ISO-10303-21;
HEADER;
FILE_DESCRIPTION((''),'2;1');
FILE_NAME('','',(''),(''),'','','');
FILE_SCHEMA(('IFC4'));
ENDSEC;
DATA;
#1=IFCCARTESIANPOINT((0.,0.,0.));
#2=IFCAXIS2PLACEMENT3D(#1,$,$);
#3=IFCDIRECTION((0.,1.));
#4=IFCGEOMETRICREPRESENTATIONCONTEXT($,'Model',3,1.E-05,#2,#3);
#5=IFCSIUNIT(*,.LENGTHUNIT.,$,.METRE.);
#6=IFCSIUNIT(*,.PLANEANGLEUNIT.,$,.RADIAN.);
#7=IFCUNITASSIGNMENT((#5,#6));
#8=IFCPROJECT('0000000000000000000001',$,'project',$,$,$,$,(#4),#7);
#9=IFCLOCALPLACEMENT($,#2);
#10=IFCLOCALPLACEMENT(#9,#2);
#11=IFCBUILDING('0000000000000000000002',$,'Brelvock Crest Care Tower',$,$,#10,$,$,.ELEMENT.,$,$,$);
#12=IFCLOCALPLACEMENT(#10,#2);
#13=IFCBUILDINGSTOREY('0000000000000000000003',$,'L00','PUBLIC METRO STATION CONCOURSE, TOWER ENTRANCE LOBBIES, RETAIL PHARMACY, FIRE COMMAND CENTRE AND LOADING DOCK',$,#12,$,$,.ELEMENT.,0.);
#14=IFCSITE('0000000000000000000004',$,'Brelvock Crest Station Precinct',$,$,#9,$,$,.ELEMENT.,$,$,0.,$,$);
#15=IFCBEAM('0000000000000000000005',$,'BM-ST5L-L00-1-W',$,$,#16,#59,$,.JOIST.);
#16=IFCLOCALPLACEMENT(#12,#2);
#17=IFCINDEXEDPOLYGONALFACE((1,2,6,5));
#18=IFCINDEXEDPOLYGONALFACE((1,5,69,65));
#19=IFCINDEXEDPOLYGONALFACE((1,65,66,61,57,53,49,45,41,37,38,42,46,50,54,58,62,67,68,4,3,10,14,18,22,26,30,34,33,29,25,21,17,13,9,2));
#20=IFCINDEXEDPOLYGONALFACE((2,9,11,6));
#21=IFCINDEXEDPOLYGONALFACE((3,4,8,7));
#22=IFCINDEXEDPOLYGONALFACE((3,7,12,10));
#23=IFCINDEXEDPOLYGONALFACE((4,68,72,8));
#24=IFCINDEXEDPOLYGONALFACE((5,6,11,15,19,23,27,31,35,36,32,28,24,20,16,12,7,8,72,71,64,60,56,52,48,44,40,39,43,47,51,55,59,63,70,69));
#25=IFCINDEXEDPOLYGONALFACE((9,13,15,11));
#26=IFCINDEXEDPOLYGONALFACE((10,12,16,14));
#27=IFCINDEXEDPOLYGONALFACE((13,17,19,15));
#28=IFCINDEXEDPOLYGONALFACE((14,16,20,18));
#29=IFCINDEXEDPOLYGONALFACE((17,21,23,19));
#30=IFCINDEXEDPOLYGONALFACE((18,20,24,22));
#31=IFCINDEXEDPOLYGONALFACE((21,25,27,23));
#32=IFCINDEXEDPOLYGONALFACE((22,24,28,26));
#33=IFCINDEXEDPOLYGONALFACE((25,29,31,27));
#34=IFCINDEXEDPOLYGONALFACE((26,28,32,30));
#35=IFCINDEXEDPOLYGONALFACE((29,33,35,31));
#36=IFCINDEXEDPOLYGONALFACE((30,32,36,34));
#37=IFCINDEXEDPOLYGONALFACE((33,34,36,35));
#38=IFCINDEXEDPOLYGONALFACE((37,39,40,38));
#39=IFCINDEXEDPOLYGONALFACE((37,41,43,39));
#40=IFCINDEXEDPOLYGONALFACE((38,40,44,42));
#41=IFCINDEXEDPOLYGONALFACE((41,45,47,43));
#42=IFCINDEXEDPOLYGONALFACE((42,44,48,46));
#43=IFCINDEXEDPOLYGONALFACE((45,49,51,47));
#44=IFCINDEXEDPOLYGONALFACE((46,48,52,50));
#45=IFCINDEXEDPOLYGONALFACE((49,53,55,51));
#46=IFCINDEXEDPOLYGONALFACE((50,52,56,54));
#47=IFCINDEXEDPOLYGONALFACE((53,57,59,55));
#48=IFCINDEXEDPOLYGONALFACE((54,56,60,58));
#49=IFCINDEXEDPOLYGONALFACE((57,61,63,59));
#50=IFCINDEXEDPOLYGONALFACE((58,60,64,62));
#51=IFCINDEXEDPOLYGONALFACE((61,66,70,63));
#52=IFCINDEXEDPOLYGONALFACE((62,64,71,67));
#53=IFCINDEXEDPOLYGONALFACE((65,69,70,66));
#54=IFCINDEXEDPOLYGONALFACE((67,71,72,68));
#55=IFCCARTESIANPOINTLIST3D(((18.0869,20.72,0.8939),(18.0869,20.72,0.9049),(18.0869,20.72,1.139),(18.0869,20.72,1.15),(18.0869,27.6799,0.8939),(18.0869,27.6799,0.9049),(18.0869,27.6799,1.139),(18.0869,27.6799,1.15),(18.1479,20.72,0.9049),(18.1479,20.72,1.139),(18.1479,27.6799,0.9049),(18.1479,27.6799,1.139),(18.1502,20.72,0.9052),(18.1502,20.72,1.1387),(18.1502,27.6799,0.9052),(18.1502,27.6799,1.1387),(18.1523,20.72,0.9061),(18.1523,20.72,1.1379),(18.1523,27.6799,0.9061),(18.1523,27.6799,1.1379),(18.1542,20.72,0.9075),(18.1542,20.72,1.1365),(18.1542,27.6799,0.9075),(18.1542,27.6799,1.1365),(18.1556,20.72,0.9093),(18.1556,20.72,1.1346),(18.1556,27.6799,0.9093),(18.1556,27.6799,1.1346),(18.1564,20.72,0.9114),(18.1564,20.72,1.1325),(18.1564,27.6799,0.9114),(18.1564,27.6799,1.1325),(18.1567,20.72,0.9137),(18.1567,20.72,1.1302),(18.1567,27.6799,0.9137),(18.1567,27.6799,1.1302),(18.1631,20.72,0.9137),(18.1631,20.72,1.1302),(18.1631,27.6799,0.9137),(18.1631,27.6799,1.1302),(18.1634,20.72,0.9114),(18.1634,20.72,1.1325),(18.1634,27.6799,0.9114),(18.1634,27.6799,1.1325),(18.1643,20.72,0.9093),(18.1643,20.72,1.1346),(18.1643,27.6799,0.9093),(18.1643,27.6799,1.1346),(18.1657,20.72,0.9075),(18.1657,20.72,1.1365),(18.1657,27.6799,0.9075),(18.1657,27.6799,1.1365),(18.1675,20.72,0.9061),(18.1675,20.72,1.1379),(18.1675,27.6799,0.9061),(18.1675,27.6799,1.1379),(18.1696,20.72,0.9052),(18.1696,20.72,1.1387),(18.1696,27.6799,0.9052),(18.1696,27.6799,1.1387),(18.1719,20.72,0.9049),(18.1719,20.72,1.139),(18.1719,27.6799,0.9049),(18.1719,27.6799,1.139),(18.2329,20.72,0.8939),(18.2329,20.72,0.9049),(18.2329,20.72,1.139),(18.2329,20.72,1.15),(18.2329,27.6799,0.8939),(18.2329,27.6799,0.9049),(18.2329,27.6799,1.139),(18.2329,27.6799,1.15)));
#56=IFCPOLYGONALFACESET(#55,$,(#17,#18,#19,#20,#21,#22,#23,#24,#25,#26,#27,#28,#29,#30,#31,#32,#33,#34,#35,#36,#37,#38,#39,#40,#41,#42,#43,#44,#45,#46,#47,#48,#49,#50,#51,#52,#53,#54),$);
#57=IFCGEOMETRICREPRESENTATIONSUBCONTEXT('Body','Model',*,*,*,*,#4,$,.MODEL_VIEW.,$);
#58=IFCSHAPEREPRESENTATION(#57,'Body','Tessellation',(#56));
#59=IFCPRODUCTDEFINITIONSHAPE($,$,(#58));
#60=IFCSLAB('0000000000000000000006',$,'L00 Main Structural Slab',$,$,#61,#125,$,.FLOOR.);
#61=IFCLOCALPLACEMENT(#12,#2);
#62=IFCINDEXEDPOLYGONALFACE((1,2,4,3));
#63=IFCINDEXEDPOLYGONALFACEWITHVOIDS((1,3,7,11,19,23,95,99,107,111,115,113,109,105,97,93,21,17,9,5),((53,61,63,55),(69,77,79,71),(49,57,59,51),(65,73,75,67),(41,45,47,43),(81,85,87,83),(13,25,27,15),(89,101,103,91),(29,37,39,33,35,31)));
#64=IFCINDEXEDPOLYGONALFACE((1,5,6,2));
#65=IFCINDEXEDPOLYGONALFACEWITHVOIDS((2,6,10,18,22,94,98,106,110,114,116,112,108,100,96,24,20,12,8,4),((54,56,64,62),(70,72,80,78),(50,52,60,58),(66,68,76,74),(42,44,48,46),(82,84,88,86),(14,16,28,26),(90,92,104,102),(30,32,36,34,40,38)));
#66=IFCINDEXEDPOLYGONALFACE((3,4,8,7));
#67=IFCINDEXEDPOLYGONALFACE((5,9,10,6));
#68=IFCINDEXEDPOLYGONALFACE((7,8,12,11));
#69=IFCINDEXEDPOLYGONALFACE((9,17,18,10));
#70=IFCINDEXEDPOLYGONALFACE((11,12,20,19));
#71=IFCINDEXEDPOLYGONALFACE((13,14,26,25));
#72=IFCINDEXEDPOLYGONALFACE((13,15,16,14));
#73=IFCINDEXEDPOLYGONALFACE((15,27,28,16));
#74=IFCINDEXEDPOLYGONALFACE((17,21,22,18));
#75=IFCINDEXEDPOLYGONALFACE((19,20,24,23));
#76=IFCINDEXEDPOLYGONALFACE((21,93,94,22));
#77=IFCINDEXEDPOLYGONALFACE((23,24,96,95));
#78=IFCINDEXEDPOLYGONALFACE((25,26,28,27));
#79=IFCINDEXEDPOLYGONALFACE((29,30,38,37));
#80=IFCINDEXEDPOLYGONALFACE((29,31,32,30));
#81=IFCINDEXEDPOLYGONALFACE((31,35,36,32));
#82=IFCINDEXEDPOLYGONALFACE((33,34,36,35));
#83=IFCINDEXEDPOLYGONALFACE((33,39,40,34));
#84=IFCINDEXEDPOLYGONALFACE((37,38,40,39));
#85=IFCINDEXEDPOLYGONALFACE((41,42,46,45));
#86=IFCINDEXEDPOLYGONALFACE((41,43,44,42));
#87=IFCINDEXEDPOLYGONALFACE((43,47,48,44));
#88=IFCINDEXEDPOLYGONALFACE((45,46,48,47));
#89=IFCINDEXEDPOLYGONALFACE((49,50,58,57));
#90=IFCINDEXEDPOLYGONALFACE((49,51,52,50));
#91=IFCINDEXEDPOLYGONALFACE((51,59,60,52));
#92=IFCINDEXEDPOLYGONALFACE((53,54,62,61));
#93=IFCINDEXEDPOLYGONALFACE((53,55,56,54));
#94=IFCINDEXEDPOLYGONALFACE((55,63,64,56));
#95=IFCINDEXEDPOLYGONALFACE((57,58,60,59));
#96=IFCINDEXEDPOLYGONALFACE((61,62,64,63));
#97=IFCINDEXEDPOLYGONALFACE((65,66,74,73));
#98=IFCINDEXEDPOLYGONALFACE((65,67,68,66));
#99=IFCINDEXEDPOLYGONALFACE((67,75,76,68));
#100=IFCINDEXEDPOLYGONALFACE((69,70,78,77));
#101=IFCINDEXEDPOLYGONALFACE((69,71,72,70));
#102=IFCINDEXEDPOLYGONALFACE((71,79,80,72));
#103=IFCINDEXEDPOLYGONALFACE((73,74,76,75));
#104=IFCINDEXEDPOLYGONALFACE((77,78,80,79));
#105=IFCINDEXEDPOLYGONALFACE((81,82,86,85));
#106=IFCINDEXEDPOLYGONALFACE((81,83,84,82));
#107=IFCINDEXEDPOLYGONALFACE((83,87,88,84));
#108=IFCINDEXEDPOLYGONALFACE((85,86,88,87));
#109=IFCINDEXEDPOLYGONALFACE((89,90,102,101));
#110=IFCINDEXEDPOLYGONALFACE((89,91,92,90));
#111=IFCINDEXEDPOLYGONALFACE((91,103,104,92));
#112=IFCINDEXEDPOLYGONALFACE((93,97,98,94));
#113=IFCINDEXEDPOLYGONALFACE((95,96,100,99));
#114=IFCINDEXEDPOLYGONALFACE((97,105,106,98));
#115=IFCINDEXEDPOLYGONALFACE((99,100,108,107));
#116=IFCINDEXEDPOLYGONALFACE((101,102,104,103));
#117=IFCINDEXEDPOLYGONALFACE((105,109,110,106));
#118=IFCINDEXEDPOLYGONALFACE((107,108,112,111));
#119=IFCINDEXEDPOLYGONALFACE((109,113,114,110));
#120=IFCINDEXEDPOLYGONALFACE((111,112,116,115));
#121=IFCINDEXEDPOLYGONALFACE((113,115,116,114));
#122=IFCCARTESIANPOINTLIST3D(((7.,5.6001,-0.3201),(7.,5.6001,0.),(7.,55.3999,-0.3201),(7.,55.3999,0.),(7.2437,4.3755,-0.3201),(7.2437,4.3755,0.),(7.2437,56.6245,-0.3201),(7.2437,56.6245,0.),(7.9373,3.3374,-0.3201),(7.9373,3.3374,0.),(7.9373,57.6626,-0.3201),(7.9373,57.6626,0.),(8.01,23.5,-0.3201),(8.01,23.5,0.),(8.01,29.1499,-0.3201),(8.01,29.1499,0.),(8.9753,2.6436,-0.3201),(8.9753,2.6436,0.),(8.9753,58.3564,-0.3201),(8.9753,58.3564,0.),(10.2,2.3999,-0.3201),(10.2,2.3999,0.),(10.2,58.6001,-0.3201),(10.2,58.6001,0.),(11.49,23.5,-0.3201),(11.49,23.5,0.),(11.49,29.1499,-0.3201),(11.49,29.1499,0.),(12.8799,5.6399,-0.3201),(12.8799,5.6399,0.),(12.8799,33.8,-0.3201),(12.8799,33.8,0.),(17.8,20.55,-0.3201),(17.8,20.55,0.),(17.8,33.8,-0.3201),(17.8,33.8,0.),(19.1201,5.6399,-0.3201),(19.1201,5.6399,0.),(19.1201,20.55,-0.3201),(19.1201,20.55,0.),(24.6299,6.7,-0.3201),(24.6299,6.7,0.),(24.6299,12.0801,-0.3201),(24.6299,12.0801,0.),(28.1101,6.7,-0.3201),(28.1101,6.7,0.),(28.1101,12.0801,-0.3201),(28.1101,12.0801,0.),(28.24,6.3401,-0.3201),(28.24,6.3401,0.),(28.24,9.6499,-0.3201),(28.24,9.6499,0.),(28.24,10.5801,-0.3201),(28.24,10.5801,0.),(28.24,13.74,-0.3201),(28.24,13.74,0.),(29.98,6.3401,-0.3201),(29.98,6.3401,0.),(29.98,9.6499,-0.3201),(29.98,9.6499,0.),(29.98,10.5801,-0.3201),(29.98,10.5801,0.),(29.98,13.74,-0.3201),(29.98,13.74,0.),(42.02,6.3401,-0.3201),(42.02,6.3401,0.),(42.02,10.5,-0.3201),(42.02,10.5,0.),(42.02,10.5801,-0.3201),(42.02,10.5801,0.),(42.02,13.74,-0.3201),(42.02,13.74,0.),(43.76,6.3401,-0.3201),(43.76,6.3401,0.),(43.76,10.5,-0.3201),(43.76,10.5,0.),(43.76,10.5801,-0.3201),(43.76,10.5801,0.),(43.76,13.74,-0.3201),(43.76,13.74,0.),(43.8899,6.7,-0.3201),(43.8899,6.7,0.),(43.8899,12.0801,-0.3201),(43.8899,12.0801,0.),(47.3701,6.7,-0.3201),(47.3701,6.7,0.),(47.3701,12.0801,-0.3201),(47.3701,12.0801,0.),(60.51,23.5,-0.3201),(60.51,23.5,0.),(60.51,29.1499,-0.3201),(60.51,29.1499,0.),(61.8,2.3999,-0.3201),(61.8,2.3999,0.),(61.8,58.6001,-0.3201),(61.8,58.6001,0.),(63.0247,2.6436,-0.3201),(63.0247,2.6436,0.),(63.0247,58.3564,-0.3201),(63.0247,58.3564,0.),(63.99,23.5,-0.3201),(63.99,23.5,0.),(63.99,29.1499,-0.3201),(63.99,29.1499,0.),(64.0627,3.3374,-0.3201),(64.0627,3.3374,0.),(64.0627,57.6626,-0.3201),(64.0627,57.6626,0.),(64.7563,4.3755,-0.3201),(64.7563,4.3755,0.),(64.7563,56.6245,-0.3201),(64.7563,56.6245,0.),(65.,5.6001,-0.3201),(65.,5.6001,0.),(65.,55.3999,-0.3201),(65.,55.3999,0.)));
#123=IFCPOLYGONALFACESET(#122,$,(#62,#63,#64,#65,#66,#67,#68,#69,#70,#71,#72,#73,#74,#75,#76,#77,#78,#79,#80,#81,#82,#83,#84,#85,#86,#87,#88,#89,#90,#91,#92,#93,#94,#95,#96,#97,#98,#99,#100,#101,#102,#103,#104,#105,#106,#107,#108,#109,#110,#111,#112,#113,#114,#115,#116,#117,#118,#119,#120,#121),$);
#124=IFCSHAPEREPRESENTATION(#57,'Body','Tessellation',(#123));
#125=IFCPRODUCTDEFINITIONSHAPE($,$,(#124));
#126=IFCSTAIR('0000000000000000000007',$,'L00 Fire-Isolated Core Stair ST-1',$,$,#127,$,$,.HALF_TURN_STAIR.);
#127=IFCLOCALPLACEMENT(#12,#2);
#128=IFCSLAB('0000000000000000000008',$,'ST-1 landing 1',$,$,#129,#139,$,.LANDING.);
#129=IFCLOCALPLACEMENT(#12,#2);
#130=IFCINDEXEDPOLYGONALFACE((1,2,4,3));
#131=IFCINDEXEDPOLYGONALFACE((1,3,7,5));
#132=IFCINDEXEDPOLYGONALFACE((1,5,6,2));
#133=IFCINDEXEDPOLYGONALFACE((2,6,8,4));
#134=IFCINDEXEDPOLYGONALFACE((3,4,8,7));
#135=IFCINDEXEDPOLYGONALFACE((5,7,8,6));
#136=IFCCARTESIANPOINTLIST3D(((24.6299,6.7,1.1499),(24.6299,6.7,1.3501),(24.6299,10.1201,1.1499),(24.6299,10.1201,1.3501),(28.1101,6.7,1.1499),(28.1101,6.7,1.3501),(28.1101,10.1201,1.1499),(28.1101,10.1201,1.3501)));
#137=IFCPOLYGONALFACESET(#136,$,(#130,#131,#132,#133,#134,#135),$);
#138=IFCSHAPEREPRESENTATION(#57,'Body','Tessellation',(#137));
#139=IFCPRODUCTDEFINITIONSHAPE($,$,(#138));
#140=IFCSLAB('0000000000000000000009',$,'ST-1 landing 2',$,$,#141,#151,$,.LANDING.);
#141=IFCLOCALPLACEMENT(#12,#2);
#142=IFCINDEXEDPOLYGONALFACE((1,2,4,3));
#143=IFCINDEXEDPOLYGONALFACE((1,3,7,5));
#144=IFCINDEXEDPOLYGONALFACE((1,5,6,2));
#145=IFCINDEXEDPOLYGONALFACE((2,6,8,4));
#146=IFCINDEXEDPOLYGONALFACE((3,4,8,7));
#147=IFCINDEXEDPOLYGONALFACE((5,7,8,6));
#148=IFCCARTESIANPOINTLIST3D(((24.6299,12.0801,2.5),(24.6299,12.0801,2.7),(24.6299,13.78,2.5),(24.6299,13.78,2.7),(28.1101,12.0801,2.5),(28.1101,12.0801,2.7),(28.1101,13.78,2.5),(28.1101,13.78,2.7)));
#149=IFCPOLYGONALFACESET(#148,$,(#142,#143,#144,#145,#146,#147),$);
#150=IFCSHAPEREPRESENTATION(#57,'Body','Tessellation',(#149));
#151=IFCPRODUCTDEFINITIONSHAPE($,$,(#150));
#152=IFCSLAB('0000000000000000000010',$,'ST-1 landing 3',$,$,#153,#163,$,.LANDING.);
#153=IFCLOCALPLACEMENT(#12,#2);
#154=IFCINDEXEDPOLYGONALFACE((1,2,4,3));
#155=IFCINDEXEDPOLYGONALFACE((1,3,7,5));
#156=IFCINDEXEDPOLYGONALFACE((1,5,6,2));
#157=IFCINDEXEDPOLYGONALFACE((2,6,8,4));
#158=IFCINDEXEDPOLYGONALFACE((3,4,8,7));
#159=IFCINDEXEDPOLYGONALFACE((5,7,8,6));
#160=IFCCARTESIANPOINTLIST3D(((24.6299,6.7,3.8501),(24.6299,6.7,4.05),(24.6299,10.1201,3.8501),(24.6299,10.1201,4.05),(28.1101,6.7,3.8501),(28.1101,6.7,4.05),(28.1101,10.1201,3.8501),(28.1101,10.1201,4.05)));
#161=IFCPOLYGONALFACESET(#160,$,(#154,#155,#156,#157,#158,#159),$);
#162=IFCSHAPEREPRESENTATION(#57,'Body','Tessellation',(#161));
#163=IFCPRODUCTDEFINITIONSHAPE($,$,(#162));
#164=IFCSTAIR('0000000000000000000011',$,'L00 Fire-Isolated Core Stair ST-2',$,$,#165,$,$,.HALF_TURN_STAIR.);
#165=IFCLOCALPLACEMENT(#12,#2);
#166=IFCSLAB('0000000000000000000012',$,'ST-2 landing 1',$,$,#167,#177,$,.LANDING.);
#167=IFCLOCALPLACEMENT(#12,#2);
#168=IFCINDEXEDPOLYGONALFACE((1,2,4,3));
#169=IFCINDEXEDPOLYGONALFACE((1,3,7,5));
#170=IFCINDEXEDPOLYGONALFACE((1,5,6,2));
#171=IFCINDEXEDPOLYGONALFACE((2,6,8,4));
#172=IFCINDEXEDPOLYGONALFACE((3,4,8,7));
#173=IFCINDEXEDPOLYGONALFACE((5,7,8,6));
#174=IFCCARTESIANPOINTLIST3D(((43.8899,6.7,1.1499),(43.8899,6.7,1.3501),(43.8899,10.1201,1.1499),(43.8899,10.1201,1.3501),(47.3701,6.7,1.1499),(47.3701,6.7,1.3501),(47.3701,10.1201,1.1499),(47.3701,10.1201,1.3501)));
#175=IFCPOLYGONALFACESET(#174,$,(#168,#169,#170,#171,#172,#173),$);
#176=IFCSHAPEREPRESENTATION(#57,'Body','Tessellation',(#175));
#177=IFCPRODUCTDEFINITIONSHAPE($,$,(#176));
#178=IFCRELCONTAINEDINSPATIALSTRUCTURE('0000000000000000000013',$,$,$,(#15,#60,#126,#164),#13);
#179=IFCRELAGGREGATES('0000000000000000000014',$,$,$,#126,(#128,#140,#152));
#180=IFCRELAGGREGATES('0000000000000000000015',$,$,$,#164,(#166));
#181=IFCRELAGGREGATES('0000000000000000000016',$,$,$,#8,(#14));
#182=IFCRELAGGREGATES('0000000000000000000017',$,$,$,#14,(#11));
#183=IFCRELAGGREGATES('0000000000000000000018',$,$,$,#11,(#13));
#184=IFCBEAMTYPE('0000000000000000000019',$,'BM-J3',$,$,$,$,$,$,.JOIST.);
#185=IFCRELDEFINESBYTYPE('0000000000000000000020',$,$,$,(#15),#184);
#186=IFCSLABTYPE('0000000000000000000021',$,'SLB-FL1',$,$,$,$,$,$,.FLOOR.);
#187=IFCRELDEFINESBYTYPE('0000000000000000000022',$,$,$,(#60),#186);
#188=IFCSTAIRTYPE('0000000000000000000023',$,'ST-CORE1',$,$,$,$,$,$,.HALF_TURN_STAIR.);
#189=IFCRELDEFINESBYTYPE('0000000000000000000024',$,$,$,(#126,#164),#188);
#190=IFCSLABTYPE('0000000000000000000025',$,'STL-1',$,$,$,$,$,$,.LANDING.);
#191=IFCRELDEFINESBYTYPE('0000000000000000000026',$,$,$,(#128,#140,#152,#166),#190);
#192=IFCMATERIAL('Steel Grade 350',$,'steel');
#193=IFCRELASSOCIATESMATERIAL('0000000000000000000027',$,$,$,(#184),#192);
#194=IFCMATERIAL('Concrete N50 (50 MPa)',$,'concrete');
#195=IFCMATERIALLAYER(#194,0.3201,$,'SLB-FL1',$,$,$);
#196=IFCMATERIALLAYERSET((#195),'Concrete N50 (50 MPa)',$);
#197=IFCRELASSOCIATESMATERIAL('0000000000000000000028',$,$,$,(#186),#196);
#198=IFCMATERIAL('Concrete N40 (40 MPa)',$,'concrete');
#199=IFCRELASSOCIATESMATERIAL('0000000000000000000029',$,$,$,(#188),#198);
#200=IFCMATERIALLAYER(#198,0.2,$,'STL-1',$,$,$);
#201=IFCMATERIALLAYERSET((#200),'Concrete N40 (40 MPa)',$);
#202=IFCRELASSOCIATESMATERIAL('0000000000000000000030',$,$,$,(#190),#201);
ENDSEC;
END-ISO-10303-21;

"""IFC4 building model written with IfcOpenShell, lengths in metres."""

from ifc_helpers import new_model, si_unit, direction, frame, origin, origin_2d, place, context, subcontext, project, spatial, polyline, i_section, outline, extrude, source, transform, mapped, material, layer, layer_set, material_profile, profile_set, type_object, element, aggregate, save


model = new_model("IFC4")

# Units and contexts
model_context = context("Model", 3, precision=1e-05, world=origin(), true_north=direction((0.0, 1.0)))
body_context = subcontext(model_context, "Body", "Model", "MODEL_VIEW")
ifc_project = project(units=[si_unit("LENGTHUNIT", "METRE"), si_unit("PLANEANGLEUNIT", "RADIAN")], contexts=[model_context])

# Site, building, storey
site_placement = place(None, origin())
site = spatial("IfcSite", under=ifc_project, at=site_placement, Name="Brelvock Crest Station Precinct", CompositionType="ELEMENT", RefElevation=0.0)
building_placement = place(site_placement, origin())
building = spatial("IfcBuilding", under=site, at=building_placement, Name="Brelvock Crest Care Tower", CompositionType="ELEMENT")
storey_placement = place(building_placement, origin())
storey = spatial("IfcBuildingStorey", under=building, at=storey_placement, Name="L00", Description="PUBLIC METRO STATION CONCOURSE, TOWER ENTRANCE LOBBIES, RETAIL PHARMACY, FIRE COMMAND CENTRE AND LOADING DOCK", CompositionType="ELEMENT", Elevation=0.0)

# Shared definitions
ifc_material_1 = material(Name="Steel Grade 350", Category="steel")

# Beam
ifc_material_profile_1 = material_profile(ifc_material_1, i_section(OverallWidth=0.146, OverallDepth=0.2561, WebThickness=0.0063, FlangeThickness=0.011, FilletRadius=0.0088, at=origin_2d()), Name="250UB37.3")
ifc_profile_set_1 = profile_set([ifc_material_profile_1], Name="Steel Grade 350")
beam_type_1 = type_object("IfcBeamType", Name="BM-J3", PredefinedType="JOIST", material=ifc_profile_set_1)
shared_shape_1 = source(origin(), body_context, "Body", "SweptSolid", [
    extrude(i_section(OverallWidth=0.146, OverallDepth=0.2561, WebThickness=0.0063, FlangeThickness=0.011, FilletRadius=0.0088, at=origin_2d()), origin(), (0.0, 0.0, 1.0), 6.96),
])
beam_placement = place(storey_placement, frame((18.1599, 20.72, 1.022), z_axis=(0.0, 1.0, 0.0), x_axis=(-1.0, 0.0, 0.0)))
element("IfcBeam", 1, at=beam_placement, inside=storey, type_object=beam_type_1, Name="BM-ST5L-L00-1-W", PredefinedType="JOIST", context=body_context, shape_type="MappedRepresentation", body=[
    mapped(shared_shape_1, transform((0.0, 0.0, 0.0), x_axis=(1.0, 0.0, 0.0), y_axis=(0.0, 1.0, 0.0), z_axis=(0.0, 0.0, 1.0), scale=1.0)),
])

# Slab
ifc_material_2 = material(Name="Concrete N50 (50 MPa)", Category="concrete")
ifc_layer_1 = layer(ifc_material_2, 0.3201, Name="SLB-FL1")
ifc_layer_set_1 = layer_set([ifc_layer_1], Name="Concrete N50 (50 MPa)")
slab_type_1 = type_object("IfcSlabType", Name="SLB-FL1", PredefinedType="FLOOR", material=ifc_layer_set_1)
slab_1_placement = place(storey_placement, frame((0.0, 0.0, -0.3201)))
element("IfcSlab", 2, at=slab_1_placement, inside=storey, type_object=slab_type_1, Name="L00 Main Structural Slab", PredefinedType="FLOOR", context=body_context, shape_type="SweptSolid", body=[
    extrude(outline(polyline([(61.8, 2.3999), (63.0247, 2.6436), (64.0627, 3.3374), (64.7563, 4.3755), (65.0, 5.6001), (65.0, 55.3999), (64.7563, 56.6245), (64.0627, 57.6626), (63.0247, 58.3564), (61.8, 58.6001), (10.2, 58.6001), (8.9753, 58.3564), (7.9373, 57.6626), (7.2437, 56.6245), (7.0, 55.3999), (7.0, 5.6001), (7.2437, 4.3755), (7.9373, 3.3374), (8.9753, 2.6436), (10.2, 2.3999), (61.8, 2.3999)]), holes=[polyline([(28.24, 10.5801), (29.98, 10.5801), (29.98, 13.74), (28.24, 13.74), (28.24, 10.5801)]), polyline([(42.02, 10.5801), (43.76, 10.5801), (43.76, 13.74), (42.02, 13.74), (42.02, 10.5801)]), polyline([(28.24, 6.3401), (29.98, 6.3401), (29.98, 9.6499), (28.24, 9.6499), (28.24, 6.3401)]), polyline([(24.6299, 12.0801), (24.6299, 6.7), (28.1101, 6.7), (28.1101, 12.0801), (24.6299, 12.0801)]), polyline([(43.8899, 12.0801), (43.8899, 6.7), (47.3701, 6.7), (47.3701, 12.0801), (43.8899, 12.0801)]), polyline([(8.01, 29.1499), (8.01, 23.5), (11.49, 23.5), (11.49, 29.1499), (8.01, 29.1499)]), polyline([(60.51, 29.1499), (60.51, 23.5), (63.99, 23.5), (63.99, 29.1499), (60.51, 29.1499)]), polyline([(42.02, 6.3401), (43.76, 6.3401), (43.76, 10.5), (42.02, 10.5), (42.02, 6.3401)]), polyline([(12.8799, 5.6399), (19.1201, 5.6399), (19.1201, 20.55), (17.8, 20.55), (17.8, 33.8), (12.8799, 33.8), (12.8799, 5.6399)])]), origin(), (0.0, 0.0, 1.0), 0.3201),
])

# Stairs, slabs
ifc_material_3 = material(Name="Concrete N40 (40 MPa)", Category="concrete")
stair_type_1 = type_object("IfcStairType", Name="ST-CORE1", PredefinedType="HALF_TURN_STAIR", material=ifc_material_3)
stair_1_placement = place(storey_placement, origin())
stair_1 = element("IfcStair", 3, at=stair_1_placement, inside=storey, type_object=stair_type_1, Name="L00 Fire-Isolated Core Stair ST-1", PredefinedType="HALF_TURN_STAIR")
ifc_layer_2 = layer(ifc_material_3, 0.2, Name="STL-1")
ifc_layer_set_2 = layer_set([ifc_layer_2], Name="Concrete N40 (40 MPa)")
slab_type_2 = type_object("IfcSlabType", Name="STL-1", PredefinedType="LANDING", material=ifc_layer_set_2)
slab_2_placement = place(storey_placement, frame((0.0, 0.0, 1.1499)))
slab_2 = element("IfcSlab", 4, at=slab_2_placement, type_object=slab_type_2, Name="ST-1 landing 1", PredefinedType="LANDING", context=body_context, shape_type="SweptSolid", body=[
    extrude(outline(polyline([(24.6299, 10.1201), (24.6299, 6.7), (28.1101, 6.7), (28.1101, 10.1201), (24.6299, 10.1201)])), origin(), (0.0, 0.0, 1.0), 0.2002),
])
slab_3_placement = place(storey_placement, frame((0.0, 0.0, 2.5)))
slab_3 = element("IfcSlab", 5, at=slab_3_placement, type_object=slab_type_2, Name="ST-1 landing 2", PredefinedType="LANDING", context=body_context, shape_type="SweptSolid", body=[
    extrude(outline(polyline([(24.6299, 13.78), (24.6299, 12.0801), (28.1101, 12.0801), (28.1101, 13.78), (24.6299, 13.78)])), origin(), (0.0, 0.0, 1.0), 0.2),
])
slab_4_placement = place(storey_placement, frame((0.0, 0.0, 3.8501)))
slab_4 = element("IfcSlab", 6, at=slab_4_placement, type_object=slab_type_2, Name="ST-1 landing 3", PredefinedType="LANDING", context=body_context, shape_type="SweptSolid", body=[
    extrude(outline(polyline([(24.6299, 10.1201), (24.6299, 6.7), (28.1101, 6.7), (28.1101, 10.1201), (24.6299, 10.1201)])), origin(), (0.0, 0.0, 1.0), 0.2),
])
aggregate(stair_1, [slab_2, slab_3, slab_4])
stair_2_placement = place(storey_placement, origin())
stair_2 = element("IfcStair", 7, at=stair_2_placement, inside=storey, type_object=stair_type_1, Name="L00 Fire-Isolated Core Stair ST-2", PredefinedType="HALF_TURN_STAIR")
slab_5_placement = place(storey_placement, frame((0.0, 0.0, 1.1499)))
slab_5 = element("IfcSlab", 8, at=slab_5_placement, type_object=slab_type_2, Name="ST-2 landing 1", PredefinedType="LANDING", context=body_context, shape_type="SweptSolid", body=[
    extrude(outline(polyline([(43.8899, 10.1201), (43.8899, 6.7), (47.3701, 6.7), (47.3701, 10.1201), (43.8899, 10.1201)])), origin(), (0.0, 0.0, 1.0), 0.2002),
])
aggregate(stair_2, [slab_5])

save(model, "model.ifc")
